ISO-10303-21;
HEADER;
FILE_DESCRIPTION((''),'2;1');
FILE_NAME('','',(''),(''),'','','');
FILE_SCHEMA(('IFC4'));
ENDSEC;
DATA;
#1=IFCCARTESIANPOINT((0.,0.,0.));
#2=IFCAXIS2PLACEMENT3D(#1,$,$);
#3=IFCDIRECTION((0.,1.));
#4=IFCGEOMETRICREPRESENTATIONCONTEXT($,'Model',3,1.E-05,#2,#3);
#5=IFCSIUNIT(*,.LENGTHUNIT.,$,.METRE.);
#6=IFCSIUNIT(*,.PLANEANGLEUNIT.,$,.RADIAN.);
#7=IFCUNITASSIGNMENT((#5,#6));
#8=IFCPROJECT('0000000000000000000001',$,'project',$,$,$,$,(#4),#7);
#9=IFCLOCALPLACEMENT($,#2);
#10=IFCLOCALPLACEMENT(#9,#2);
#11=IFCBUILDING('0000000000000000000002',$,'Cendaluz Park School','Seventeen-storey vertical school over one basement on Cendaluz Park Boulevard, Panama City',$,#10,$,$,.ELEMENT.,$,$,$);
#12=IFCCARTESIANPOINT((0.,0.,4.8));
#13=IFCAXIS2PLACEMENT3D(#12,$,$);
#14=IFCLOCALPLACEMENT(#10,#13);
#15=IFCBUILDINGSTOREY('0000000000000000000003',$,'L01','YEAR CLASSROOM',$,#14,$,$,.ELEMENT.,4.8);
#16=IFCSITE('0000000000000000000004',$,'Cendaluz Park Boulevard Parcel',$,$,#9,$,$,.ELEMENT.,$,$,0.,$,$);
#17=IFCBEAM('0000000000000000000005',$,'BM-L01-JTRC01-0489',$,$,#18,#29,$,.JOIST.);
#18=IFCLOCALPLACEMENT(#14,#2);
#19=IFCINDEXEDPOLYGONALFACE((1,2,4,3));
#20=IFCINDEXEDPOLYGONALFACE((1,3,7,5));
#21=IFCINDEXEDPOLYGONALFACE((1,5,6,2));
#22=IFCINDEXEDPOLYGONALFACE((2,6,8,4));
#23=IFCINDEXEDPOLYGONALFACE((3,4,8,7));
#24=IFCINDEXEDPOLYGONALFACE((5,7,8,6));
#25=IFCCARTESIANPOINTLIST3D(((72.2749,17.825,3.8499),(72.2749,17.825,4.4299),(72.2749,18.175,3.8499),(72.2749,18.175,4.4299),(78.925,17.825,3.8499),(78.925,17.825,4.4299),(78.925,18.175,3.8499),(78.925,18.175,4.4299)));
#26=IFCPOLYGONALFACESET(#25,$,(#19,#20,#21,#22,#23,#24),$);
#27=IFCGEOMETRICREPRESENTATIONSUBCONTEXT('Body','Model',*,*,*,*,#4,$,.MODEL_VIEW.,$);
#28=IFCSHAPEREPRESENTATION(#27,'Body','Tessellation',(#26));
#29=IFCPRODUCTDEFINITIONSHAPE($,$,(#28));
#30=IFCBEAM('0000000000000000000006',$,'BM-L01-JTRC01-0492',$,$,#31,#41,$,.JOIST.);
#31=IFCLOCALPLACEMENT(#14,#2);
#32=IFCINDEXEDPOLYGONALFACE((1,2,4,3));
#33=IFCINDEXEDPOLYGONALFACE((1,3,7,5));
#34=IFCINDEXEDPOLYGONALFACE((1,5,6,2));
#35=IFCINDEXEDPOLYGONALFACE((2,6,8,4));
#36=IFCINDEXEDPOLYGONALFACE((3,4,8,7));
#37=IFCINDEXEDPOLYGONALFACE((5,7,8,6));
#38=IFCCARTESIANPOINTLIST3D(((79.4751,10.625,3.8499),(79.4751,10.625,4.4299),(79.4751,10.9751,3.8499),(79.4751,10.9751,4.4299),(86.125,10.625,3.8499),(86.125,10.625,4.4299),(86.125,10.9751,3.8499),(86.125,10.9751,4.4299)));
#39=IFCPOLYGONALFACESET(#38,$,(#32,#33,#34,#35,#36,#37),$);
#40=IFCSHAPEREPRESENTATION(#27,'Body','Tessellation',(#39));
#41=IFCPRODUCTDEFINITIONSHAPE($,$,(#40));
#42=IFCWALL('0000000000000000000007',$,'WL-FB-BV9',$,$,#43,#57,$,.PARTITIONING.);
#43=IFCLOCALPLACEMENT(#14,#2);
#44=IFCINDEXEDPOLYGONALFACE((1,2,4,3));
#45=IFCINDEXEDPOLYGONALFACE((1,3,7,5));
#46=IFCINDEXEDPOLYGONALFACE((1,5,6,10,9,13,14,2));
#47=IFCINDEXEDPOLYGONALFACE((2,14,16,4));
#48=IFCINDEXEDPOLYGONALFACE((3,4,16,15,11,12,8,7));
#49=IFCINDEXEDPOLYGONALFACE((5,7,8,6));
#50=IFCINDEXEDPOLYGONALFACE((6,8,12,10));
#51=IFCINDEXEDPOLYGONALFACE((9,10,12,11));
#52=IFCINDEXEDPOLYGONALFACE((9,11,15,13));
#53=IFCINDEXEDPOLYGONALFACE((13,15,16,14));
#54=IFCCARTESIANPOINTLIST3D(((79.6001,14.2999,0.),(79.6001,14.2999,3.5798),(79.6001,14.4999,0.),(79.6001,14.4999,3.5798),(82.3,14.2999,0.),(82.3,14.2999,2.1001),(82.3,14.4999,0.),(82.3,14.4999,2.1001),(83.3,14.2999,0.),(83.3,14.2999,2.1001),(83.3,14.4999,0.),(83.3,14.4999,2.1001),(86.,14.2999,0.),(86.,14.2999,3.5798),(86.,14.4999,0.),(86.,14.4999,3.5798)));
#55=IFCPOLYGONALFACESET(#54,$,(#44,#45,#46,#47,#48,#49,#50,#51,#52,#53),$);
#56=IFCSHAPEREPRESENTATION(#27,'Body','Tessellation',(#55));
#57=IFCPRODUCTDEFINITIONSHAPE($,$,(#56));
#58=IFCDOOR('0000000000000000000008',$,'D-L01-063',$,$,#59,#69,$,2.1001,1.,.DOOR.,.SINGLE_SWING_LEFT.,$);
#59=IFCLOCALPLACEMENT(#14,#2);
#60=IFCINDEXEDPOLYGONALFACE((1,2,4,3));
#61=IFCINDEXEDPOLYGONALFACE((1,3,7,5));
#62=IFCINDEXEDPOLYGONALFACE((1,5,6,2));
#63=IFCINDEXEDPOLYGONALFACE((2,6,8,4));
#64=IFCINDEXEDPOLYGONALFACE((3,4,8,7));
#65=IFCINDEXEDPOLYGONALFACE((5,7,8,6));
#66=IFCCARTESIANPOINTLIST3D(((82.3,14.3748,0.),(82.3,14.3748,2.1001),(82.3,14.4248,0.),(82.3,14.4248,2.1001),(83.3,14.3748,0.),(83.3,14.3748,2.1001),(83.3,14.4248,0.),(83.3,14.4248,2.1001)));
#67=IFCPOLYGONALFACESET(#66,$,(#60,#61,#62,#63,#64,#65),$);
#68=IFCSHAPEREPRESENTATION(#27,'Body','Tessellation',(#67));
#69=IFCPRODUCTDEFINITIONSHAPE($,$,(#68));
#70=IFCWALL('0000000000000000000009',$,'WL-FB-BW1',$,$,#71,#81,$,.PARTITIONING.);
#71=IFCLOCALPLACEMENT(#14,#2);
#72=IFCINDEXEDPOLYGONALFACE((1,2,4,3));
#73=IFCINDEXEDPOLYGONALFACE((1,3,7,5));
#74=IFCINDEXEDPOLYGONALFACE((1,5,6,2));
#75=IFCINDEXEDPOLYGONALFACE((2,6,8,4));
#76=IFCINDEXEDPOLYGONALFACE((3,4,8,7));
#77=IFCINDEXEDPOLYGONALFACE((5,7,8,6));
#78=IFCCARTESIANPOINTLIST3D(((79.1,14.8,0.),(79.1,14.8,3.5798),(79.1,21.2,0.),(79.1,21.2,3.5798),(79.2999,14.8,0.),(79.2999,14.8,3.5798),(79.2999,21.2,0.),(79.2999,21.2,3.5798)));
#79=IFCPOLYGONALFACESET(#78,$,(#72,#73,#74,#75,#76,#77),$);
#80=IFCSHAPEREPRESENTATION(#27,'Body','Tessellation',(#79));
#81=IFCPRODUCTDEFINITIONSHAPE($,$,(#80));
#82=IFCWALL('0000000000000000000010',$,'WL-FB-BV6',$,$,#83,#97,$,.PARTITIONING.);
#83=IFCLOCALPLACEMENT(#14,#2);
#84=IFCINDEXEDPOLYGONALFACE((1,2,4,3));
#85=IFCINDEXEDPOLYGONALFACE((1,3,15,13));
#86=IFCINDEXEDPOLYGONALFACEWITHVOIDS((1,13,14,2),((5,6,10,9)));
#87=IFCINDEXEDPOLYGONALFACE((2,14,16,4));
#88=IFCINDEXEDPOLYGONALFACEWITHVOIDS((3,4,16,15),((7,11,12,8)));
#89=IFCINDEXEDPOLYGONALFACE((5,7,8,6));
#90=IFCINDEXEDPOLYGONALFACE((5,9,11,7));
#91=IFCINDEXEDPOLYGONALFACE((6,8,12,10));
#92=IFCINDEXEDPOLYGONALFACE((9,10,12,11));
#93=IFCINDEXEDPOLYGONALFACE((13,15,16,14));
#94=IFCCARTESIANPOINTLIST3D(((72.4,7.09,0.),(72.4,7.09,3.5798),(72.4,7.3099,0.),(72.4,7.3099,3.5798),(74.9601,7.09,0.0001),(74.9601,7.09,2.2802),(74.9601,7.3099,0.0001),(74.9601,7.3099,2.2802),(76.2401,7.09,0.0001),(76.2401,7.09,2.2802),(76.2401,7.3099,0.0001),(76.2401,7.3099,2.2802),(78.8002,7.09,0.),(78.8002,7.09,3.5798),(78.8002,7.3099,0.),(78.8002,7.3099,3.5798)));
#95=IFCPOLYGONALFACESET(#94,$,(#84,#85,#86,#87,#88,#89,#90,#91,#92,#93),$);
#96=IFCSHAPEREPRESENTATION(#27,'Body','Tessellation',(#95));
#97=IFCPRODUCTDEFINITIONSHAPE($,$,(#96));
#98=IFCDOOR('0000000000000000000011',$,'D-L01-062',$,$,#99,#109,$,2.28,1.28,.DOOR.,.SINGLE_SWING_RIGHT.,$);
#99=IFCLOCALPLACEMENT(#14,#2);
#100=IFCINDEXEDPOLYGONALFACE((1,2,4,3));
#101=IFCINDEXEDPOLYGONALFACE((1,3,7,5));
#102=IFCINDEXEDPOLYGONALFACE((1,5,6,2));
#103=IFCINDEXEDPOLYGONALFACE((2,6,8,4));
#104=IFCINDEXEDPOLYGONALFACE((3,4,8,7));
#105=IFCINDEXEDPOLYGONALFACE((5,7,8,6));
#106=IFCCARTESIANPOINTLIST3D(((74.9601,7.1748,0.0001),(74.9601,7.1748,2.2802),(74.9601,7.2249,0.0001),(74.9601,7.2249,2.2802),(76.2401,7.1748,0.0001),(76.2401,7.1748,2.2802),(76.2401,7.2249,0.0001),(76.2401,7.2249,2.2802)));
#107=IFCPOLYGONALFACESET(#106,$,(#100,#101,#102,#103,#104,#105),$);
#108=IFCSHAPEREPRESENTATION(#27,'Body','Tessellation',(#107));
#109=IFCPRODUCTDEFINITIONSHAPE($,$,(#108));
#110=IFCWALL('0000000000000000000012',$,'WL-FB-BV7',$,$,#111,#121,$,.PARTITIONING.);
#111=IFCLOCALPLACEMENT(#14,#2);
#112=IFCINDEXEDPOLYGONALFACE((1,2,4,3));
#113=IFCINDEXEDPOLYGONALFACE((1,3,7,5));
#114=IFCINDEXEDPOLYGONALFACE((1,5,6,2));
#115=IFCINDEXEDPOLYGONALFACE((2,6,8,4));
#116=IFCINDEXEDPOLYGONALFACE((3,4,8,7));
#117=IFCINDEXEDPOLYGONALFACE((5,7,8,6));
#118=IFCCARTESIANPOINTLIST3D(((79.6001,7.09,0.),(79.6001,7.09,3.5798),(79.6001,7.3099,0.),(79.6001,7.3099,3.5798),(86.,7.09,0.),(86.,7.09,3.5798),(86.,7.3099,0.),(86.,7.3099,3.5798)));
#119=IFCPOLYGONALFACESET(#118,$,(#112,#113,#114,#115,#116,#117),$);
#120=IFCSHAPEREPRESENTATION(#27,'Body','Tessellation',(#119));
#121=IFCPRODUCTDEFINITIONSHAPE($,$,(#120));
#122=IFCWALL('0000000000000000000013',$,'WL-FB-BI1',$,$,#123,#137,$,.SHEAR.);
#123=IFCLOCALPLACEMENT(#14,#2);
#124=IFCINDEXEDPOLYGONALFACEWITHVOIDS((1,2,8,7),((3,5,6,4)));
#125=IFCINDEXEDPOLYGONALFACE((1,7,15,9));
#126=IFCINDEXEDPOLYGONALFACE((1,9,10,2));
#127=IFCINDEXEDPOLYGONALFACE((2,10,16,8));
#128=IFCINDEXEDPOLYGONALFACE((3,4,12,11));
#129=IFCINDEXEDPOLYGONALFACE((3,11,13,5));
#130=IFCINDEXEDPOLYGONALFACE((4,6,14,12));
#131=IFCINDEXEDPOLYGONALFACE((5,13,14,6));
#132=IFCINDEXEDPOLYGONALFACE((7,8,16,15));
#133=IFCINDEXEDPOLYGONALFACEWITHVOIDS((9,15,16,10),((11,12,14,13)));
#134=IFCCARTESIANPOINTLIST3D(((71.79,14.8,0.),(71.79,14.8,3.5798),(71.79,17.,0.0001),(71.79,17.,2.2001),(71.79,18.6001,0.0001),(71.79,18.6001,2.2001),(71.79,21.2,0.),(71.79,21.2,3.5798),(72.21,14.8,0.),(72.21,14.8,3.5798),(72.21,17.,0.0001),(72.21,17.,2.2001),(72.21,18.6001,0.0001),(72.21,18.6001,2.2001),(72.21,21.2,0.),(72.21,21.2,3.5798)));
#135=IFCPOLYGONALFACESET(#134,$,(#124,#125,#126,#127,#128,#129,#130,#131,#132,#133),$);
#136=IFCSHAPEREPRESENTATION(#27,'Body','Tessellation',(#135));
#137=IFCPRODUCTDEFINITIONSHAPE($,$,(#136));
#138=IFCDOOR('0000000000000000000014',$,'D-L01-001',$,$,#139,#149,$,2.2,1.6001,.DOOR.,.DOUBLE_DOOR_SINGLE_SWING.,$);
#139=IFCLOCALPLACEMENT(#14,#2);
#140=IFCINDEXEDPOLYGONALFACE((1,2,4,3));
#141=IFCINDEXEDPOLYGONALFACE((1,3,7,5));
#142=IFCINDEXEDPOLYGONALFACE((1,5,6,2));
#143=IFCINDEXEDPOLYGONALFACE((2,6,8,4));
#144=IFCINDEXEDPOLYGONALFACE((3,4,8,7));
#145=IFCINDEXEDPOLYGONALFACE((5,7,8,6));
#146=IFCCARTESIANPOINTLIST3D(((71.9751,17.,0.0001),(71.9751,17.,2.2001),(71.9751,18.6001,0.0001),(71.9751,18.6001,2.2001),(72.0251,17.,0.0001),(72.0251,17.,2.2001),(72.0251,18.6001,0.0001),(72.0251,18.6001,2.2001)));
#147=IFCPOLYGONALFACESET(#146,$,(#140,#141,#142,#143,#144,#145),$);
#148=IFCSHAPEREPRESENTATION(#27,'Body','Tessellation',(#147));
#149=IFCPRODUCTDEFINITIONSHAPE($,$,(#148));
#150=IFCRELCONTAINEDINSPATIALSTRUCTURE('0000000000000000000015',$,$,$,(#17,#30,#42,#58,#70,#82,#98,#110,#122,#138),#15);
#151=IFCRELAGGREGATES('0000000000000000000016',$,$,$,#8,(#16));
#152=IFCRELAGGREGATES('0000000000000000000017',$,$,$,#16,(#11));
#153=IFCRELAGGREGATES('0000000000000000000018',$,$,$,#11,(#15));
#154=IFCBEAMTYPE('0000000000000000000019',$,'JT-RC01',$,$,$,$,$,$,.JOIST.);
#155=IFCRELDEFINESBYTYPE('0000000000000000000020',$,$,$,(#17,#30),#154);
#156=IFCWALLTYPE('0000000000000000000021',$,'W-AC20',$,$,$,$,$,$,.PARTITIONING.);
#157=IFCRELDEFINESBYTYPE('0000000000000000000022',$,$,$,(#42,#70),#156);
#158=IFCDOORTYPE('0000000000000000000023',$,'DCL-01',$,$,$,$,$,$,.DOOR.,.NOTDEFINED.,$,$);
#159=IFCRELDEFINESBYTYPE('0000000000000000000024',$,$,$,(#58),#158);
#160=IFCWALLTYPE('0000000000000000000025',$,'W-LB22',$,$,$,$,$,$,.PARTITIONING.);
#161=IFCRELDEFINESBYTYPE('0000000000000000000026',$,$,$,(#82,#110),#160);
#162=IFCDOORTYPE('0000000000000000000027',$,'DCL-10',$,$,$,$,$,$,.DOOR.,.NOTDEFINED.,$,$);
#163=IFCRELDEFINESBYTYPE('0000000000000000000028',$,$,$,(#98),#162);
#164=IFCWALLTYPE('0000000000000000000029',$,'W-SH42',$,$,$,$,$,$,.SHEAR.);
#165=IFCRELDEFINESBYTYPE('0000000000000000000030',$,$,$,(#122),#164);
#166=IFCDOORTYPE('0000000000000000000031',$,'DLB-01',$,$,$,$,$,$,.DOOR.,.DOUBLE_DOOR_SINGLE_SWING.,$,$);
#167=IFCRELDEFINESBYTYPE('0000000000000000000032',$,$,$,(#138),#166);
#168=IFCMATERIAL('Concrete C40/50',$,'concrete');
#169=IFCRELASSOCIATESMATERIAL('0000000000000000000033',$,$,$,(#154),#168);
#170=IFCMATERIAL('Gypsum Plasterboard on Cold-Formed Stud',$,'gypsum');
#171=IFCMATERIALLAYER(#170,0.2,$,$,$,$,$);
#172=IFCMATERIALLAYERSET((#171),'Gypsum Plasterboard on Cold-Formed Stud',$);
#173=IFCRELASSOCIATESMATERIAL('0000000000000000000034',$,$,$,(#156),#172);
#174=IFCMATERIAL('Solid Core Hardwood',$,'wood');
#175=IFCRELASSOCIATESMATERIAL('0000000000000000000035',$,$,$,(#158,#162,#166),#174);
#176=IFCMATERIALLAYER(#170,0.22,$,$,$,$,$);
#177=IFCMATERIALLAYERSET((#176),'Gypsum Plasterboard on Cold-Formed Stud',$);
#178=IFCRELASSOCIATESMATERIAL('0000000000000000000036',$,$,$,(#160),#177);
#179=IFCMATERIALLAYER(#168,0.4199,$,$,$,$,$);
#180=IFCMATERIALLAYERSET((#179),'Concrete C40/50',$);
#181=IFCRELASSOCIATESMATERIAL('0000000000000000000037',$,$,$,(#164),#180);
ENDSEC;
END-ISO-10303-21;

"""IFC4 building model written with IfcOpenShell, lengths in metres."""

from ifc_helpers import new_model, si_unit, direction, frame, frame_2d, origin, origin_2d, place, context, subcontext, project, spatial, rectangle, extrude, material, layer, layer_set, material_profile, profile_set, type_object, element, fill, save


model = new_model("IFC4")

# Units and contexts
model_context = context("Model", 3, precision=1e-05, world=origin(), true_north=direction((0.0, 1.0)))
body_context = subcontext(model_context, "Body", "Model", "MODEL_VIEW")
ifc_project = project(units=[si_unit("LENGTHUNIT", "METRE"), si_unit("PLANEANGLEUNIT", "RADIAN")], contexts=[model_context])

# Site, building, storey
site_placement = place(None, origin())
site = spatial("IfcSite", under=ifc_project, at=site_placement, Name="Cendaluz Park Boulevard Parcel", CompositionType="ELEMENT", RefElevation=0.0)
building_placement = place(site_placement, origin())
building = spatial("IfcBuilding", under=site, at=building_placement, Name="Cendaluz Park School", Description="Seventeen-storey vertical school over one basement on Cendaluz Park Boulevard, Panama City", CompositionType="ELEMENT")
storey_placement = place(building_placement, frame((0.0, 0.0, 4.8)))
storey = spatial("IfcBuildingStorey", under=building, at=storey_placement, Name="L01", Description="YEAR CLASSROOM", CompositionType="ELEMENT", Elevation=4.8)

# Shared definitions
ifc_material_1 = material(Name="Concrete C40/50", Category="concrete")

# Beams
ifc_material_profile_1 = material_profile(ifc_material_1, rectangle(XDim=0.3501, YDim=0.5801, at=origin_2d()), Name="RC 350x580", Category="concrete")
ifc_profile_set_1 = profile_set([ifc_material_profile_1], Name="Concrete C40/50")
beam_type_1 = type_object("IfcBeamType", Name="JT-RC01", PredefinedType="JOIST", material=ifc_profile_set_1)
beam_1_placement = place(storey_placement, frame((72.2749, 18.0, 4.1399), z_axis=(1.0, 0.0, 0.0), x_axis=(0.0, 1.0, 0.0)))
element("IfcBeam", 1, at=beam_1_placement, inside=storey, type_object=beam_type_1, Name="BM-L01-JTRC01-0489", PredefinedType="JOIST", context=body_context, shape_type="SweptSolid", body=[
    extrude(rectangle(XDim=0.3501, YDim=0.5801, at=origin_2d()), origin(), (0.0, 0.0, 1.0), 6.6501),
])
beam_2_placement = place(storey_placement, frame((79.4751, 10.8, 4.1399), z_axis=(1.0, 0.0, 0.0), x_axis=(0.0, 1.0, 0.0)))
element("IfcBeam", 2, at=beam_2_placement, inside=storey, type_object=beam_type_1, Name="BM-L01-JTRC01-0492", PredefinedType="JOIST", context=body_context, shape_type="SweptSolid", body=[
    extrude(rectangle(XDim=0.3501, YDim=0.5801, at=origin_2d()), origin(), (0.0, 0.0, 1.0), 6.6499),
])

# Wall, opening, door
ifc_material_2 = material(Name="Gypsum Plasterboard on Cold-Formed Stud", Category="gypsum")
ifc_layer_1 = layer(ifc_material_2, 0.2)
ifc_layer_set_1 = layer_set([ifc_layer_1], Name="Gypsum Plasterboard on Cold-Formed Stud")
wall_type_1 = type_object("IfcWallType", Name="W-AC20", PredefinedType="PARTITIONING", material=ifc_layer_set_1)
wall_1_placement = place(storey_placement, frame((79.6001, 14.3999, 0.0), z_axis=(0.0, 0.0, 1.0), x_axis=(1.0, 0.0, 0.0)))
wall_1 = element("IfcWall", 3, at=wall_1_placement, inside=storey, type_object=wall_type_1, Name="WL-FB-BV9", PredefinedType="PARTITIONING", context=body_context, shape_type="SweptSolid", body=[
    extrude(rectangle(XDim=6.3999, YDim=0.2, at=frame_2d((3.2, 0.0))), origin(), (0.0, 0.0, 1.0), 3.5798),
])
opening_1_placement = place(wall_1_placement, frame((2.7, 0.0, 0.0)))
opening_1 = element("IfcOpeningElement", 4, at=opening_1_placement, cuts=wall_1, PredefinedType="OPENING", context=body_context, shape_type="SweptSolid", body=[
    extrude(rectangle(XDim=1.0, YDim=2.1001, at=frame_2d((0.5, 1.05))), frame((0.0, 0.1121, 0.0), z_axis=(0.0, -1.0, 0.0), x_axis=(1.0, 0.0, 0.0)), (0.0, 0.0, 1.0), 0.2239),
])
ifc_material_3 = material(Name="Solid Core Hardwood", Category="wood")
door_type_1 = type_object("IfcDoorType", Name="DCL-01", OperationType="NOTDEFINED", PredefinedType="DOOR", material=ifc_material_3)
door_1_placement = place(opening_1_placement, origin())
door_1 = element("IfcDoor", 5, at=door_1_placement, inside=storey, type_object=door_type_1, Name="D-L01-063", OperationType="SINGLE_SWING_LEFT", OverallHeight=2.1001, OverallWidth=1.0, PredefinedType="DOOR", context=body_context, shape_type="SweptSolid", body=[
    extrude(rectangle(XDim=1.0, YDim=2.1001, at=frame_2d((0.5, 1.05))), frame((0.0, 0.0249, 0.0), z_axis=(0.0, -1.0, 0.0), x_axis=(1.0, 0.0, 0.0)), (0.0, 0.0, 1.0), 0.05),
])
fill(opening_1, door_1)

# Wall
wall_2_placement = place(storey_placement, frame((79.2, 14.8, 0.0), z_axis=(0.0, 0.0, 1.0), x_axis=(0.0, 1.0, 0.0)))
element("IfcWall", 6, at=wall_2_placement, inside=storey, type_object=wall_type_1, Name="WL-FB-BW1", PredefinedType="PARTITIONING", context=body_context, shape_type="SweptSolid", body=[
    extrude(rectangle(XDim=6.3999, YDim=0.2, at=frame_2d((3.2, 0.0))), origin(), (0.0, 0.0, 1.0), 3.5798),
])

# Wall, opening, door
ifc_layer_2 = layer(ifc_material_2, 0.22)
ifc_layer_set_2 = layer_set([ifc_layer_2], Name="Gypsum Plasterboard on Cold-Formed Stud")
wall_type_2 = type_object("IfcWallType", Name="W-LB22", PredefinedType="PARTITIONING", material=ifc_layer_set_2)
wall_3_placement = place(storey_placement, frame((72.3999, 7.2, 0.0), z_axis=(0.0, 0.0, 1.0), x_axis=(1.0, 0.0, 0.0)))
wall_3 = element("IfcWall", 7, at=wall_3_placement, inside=storey, type_object=wall_type_2, Name="WL-FB-BV6", PredefinedType="PARTITIONING", context=body_context, shape_type="SweptSolid", body=[
    extrude(rectangle(XDim=6.4001, YDim=0.22, at=frame_2d((3.2002, 0.0))), origin(), (0.0, 0.0, 1.0), 3.5798),
])
opening_2_placement = place(wall_3_placement, frame((2.5601, 0.0, 0.0)))
opening_2 = element("IfcOpeningElement", 8, at=opening_2_placement, cuts=wall_3, PredefinedType="OPENING", context=body_context, shape_type="SweptSolid", body=[
    extrude(rectangle(XDim=1.28, YDim=2.28, at=frame_2d((0.6401, 1.1401))), frame((0.0, 0.1221, 0.0), z_axis=(0.0, -1.0, 0.0), x_axis=(1.0, 0.0, 0.0)), (0.0, 0.0, 1.0), 0.2439),
])
door_type_2 = type_object("IfcDoorType", Name="DCL-10", OperationType="NOTDEFINED", PredefinedType="DOOR", material=ifc_material_3)
door_2_placement = place(opening_2_placement, origin())
door_2 = element("IfcDoor", 9, at=door_2_placement, inside=storey, type_object=door_type_2, Name="D-L01-062", OperationType="SINGLE_SWING_RIGHT", OverallHeight=2.28, OverallWidth=1.28, PredefinedType="DOOR", context=body_context, shape_type="SweptSolid", body=[
    extrude(rectangle(XDim=1.28, YDim=2.28, at=frame_2d((0.6401, 1.1401))), frame((0.0, 0.0249, 0.0), z_axis=(0.0, -1.0, 0.0), x_axis=(1.0, 0.0, 0.0)), (0.0, 0.0, 1.0), 0.05),
])
fill(opening_2, door_2)

# Wall
wall_4_placement = place(storey_placement, frame((79.6001, 7.2, 0.0), z_axis=(0.0, 0.0, 1.0), x_axis=(1.0, 0.0, 0.0)))
element("IfcWall", 10, at=wall_4_placement, inside=storey, type_object=wall_type_2, Name="WL-FB-BV7", PredefinedType="PARTITIONING", context=body_context, shape_type="SweptSolid", body=[
    extrude(rectangle(XDim=6.3999, YDim=0.22, at=frame_2d((3.2, 0.0))), origin(), (0.0, 0.0, 1.0), 3.5798),
])

# Wall, opening, door
ifc_layer_3 = layer(ifc_material_1, 0.4199)
ifc_layer_set_3 = layer_set([ifc_layer_3], Name="Concrete C40/50")
wall_type_3 = type_object("IfcWallType", Name="W-SH42", PredefinedType="SHEAR", material=ifc_layer_set_3)
wall_5_placement = place(storey_placement, frame((72.0, 14.8, 0.0), z_axis=(0.0, 0.0, 1.0), x_axis=(0.0, 1.0, 0.0)))
wall_5 = element("IfcWall", 11, at=wall_5_placement, inside=storey, type_object=wall_type_3, Name="WL-FB-BI1", PredefinedType="SHEAR", context=body_context, shape_type="SweptSolid", body=[
    extrude(rectangle(XDim=6.3999, YDim=0.4199, at=frame_2d((3.2, 0.0))), origin(), (0.0, 0.0, 1.0), 3.5798),
])
opening_3_placement = place(wall_5_placement, frame((2.2, 0.0, 0.0)))
opening_3 = element("IfcOpeningElement", 12, at=opening_3_placement, cuts=wall_5, PredefinedType="OPENING", context=body_context, shape_type="SweptSolid", body=[
    extrude(rectangle(XDim=1.6001, YDim=2.2, at=frame_2d((0.8, 1.1001))), frame((0.0, 0.2219, 0.0), z_axis=(0.0, -1.0, 0.0), x_axis=(1.0, 0.0, 0.0)), (0.0, 0.0, 1.0), 0.4438),
])
door_type_3 = type_object("IfcDoorType", Name="DLB-01", OperationType="DOUBLE_DOOR_SINGLE_SWING", PredefinedType="DOOR", material=ifc_material_3)
door_3_placement = place(opening_3_placement, origin())
door_3 = element("IfcDoor", 13, at=door_3_placement, inside=storey, type_object=door_type_3, Name="D-L01-001", OperationType="DOUBLE_DOOR_SINGLE_SWING", OverallHeight=2.2, OverallWidth=1.6001, PredefinedType="DOOR", context=body_context, shape_type="SweptSolid", body=[
    extrude(rectangle(XDim=1.6001, YDim=2.2, at=frame_2d((0.8, 1.1001))), frame((0.0, 0.0249, 0.0), z_axis=(0.0, -1.0, 0.0), x_axis=(1.0, 0.0, 0.0)), (0.0, 0.0, 1.0), 0.05),
])
fill(opening_3, door_3)

save(model, "model.ifc")
